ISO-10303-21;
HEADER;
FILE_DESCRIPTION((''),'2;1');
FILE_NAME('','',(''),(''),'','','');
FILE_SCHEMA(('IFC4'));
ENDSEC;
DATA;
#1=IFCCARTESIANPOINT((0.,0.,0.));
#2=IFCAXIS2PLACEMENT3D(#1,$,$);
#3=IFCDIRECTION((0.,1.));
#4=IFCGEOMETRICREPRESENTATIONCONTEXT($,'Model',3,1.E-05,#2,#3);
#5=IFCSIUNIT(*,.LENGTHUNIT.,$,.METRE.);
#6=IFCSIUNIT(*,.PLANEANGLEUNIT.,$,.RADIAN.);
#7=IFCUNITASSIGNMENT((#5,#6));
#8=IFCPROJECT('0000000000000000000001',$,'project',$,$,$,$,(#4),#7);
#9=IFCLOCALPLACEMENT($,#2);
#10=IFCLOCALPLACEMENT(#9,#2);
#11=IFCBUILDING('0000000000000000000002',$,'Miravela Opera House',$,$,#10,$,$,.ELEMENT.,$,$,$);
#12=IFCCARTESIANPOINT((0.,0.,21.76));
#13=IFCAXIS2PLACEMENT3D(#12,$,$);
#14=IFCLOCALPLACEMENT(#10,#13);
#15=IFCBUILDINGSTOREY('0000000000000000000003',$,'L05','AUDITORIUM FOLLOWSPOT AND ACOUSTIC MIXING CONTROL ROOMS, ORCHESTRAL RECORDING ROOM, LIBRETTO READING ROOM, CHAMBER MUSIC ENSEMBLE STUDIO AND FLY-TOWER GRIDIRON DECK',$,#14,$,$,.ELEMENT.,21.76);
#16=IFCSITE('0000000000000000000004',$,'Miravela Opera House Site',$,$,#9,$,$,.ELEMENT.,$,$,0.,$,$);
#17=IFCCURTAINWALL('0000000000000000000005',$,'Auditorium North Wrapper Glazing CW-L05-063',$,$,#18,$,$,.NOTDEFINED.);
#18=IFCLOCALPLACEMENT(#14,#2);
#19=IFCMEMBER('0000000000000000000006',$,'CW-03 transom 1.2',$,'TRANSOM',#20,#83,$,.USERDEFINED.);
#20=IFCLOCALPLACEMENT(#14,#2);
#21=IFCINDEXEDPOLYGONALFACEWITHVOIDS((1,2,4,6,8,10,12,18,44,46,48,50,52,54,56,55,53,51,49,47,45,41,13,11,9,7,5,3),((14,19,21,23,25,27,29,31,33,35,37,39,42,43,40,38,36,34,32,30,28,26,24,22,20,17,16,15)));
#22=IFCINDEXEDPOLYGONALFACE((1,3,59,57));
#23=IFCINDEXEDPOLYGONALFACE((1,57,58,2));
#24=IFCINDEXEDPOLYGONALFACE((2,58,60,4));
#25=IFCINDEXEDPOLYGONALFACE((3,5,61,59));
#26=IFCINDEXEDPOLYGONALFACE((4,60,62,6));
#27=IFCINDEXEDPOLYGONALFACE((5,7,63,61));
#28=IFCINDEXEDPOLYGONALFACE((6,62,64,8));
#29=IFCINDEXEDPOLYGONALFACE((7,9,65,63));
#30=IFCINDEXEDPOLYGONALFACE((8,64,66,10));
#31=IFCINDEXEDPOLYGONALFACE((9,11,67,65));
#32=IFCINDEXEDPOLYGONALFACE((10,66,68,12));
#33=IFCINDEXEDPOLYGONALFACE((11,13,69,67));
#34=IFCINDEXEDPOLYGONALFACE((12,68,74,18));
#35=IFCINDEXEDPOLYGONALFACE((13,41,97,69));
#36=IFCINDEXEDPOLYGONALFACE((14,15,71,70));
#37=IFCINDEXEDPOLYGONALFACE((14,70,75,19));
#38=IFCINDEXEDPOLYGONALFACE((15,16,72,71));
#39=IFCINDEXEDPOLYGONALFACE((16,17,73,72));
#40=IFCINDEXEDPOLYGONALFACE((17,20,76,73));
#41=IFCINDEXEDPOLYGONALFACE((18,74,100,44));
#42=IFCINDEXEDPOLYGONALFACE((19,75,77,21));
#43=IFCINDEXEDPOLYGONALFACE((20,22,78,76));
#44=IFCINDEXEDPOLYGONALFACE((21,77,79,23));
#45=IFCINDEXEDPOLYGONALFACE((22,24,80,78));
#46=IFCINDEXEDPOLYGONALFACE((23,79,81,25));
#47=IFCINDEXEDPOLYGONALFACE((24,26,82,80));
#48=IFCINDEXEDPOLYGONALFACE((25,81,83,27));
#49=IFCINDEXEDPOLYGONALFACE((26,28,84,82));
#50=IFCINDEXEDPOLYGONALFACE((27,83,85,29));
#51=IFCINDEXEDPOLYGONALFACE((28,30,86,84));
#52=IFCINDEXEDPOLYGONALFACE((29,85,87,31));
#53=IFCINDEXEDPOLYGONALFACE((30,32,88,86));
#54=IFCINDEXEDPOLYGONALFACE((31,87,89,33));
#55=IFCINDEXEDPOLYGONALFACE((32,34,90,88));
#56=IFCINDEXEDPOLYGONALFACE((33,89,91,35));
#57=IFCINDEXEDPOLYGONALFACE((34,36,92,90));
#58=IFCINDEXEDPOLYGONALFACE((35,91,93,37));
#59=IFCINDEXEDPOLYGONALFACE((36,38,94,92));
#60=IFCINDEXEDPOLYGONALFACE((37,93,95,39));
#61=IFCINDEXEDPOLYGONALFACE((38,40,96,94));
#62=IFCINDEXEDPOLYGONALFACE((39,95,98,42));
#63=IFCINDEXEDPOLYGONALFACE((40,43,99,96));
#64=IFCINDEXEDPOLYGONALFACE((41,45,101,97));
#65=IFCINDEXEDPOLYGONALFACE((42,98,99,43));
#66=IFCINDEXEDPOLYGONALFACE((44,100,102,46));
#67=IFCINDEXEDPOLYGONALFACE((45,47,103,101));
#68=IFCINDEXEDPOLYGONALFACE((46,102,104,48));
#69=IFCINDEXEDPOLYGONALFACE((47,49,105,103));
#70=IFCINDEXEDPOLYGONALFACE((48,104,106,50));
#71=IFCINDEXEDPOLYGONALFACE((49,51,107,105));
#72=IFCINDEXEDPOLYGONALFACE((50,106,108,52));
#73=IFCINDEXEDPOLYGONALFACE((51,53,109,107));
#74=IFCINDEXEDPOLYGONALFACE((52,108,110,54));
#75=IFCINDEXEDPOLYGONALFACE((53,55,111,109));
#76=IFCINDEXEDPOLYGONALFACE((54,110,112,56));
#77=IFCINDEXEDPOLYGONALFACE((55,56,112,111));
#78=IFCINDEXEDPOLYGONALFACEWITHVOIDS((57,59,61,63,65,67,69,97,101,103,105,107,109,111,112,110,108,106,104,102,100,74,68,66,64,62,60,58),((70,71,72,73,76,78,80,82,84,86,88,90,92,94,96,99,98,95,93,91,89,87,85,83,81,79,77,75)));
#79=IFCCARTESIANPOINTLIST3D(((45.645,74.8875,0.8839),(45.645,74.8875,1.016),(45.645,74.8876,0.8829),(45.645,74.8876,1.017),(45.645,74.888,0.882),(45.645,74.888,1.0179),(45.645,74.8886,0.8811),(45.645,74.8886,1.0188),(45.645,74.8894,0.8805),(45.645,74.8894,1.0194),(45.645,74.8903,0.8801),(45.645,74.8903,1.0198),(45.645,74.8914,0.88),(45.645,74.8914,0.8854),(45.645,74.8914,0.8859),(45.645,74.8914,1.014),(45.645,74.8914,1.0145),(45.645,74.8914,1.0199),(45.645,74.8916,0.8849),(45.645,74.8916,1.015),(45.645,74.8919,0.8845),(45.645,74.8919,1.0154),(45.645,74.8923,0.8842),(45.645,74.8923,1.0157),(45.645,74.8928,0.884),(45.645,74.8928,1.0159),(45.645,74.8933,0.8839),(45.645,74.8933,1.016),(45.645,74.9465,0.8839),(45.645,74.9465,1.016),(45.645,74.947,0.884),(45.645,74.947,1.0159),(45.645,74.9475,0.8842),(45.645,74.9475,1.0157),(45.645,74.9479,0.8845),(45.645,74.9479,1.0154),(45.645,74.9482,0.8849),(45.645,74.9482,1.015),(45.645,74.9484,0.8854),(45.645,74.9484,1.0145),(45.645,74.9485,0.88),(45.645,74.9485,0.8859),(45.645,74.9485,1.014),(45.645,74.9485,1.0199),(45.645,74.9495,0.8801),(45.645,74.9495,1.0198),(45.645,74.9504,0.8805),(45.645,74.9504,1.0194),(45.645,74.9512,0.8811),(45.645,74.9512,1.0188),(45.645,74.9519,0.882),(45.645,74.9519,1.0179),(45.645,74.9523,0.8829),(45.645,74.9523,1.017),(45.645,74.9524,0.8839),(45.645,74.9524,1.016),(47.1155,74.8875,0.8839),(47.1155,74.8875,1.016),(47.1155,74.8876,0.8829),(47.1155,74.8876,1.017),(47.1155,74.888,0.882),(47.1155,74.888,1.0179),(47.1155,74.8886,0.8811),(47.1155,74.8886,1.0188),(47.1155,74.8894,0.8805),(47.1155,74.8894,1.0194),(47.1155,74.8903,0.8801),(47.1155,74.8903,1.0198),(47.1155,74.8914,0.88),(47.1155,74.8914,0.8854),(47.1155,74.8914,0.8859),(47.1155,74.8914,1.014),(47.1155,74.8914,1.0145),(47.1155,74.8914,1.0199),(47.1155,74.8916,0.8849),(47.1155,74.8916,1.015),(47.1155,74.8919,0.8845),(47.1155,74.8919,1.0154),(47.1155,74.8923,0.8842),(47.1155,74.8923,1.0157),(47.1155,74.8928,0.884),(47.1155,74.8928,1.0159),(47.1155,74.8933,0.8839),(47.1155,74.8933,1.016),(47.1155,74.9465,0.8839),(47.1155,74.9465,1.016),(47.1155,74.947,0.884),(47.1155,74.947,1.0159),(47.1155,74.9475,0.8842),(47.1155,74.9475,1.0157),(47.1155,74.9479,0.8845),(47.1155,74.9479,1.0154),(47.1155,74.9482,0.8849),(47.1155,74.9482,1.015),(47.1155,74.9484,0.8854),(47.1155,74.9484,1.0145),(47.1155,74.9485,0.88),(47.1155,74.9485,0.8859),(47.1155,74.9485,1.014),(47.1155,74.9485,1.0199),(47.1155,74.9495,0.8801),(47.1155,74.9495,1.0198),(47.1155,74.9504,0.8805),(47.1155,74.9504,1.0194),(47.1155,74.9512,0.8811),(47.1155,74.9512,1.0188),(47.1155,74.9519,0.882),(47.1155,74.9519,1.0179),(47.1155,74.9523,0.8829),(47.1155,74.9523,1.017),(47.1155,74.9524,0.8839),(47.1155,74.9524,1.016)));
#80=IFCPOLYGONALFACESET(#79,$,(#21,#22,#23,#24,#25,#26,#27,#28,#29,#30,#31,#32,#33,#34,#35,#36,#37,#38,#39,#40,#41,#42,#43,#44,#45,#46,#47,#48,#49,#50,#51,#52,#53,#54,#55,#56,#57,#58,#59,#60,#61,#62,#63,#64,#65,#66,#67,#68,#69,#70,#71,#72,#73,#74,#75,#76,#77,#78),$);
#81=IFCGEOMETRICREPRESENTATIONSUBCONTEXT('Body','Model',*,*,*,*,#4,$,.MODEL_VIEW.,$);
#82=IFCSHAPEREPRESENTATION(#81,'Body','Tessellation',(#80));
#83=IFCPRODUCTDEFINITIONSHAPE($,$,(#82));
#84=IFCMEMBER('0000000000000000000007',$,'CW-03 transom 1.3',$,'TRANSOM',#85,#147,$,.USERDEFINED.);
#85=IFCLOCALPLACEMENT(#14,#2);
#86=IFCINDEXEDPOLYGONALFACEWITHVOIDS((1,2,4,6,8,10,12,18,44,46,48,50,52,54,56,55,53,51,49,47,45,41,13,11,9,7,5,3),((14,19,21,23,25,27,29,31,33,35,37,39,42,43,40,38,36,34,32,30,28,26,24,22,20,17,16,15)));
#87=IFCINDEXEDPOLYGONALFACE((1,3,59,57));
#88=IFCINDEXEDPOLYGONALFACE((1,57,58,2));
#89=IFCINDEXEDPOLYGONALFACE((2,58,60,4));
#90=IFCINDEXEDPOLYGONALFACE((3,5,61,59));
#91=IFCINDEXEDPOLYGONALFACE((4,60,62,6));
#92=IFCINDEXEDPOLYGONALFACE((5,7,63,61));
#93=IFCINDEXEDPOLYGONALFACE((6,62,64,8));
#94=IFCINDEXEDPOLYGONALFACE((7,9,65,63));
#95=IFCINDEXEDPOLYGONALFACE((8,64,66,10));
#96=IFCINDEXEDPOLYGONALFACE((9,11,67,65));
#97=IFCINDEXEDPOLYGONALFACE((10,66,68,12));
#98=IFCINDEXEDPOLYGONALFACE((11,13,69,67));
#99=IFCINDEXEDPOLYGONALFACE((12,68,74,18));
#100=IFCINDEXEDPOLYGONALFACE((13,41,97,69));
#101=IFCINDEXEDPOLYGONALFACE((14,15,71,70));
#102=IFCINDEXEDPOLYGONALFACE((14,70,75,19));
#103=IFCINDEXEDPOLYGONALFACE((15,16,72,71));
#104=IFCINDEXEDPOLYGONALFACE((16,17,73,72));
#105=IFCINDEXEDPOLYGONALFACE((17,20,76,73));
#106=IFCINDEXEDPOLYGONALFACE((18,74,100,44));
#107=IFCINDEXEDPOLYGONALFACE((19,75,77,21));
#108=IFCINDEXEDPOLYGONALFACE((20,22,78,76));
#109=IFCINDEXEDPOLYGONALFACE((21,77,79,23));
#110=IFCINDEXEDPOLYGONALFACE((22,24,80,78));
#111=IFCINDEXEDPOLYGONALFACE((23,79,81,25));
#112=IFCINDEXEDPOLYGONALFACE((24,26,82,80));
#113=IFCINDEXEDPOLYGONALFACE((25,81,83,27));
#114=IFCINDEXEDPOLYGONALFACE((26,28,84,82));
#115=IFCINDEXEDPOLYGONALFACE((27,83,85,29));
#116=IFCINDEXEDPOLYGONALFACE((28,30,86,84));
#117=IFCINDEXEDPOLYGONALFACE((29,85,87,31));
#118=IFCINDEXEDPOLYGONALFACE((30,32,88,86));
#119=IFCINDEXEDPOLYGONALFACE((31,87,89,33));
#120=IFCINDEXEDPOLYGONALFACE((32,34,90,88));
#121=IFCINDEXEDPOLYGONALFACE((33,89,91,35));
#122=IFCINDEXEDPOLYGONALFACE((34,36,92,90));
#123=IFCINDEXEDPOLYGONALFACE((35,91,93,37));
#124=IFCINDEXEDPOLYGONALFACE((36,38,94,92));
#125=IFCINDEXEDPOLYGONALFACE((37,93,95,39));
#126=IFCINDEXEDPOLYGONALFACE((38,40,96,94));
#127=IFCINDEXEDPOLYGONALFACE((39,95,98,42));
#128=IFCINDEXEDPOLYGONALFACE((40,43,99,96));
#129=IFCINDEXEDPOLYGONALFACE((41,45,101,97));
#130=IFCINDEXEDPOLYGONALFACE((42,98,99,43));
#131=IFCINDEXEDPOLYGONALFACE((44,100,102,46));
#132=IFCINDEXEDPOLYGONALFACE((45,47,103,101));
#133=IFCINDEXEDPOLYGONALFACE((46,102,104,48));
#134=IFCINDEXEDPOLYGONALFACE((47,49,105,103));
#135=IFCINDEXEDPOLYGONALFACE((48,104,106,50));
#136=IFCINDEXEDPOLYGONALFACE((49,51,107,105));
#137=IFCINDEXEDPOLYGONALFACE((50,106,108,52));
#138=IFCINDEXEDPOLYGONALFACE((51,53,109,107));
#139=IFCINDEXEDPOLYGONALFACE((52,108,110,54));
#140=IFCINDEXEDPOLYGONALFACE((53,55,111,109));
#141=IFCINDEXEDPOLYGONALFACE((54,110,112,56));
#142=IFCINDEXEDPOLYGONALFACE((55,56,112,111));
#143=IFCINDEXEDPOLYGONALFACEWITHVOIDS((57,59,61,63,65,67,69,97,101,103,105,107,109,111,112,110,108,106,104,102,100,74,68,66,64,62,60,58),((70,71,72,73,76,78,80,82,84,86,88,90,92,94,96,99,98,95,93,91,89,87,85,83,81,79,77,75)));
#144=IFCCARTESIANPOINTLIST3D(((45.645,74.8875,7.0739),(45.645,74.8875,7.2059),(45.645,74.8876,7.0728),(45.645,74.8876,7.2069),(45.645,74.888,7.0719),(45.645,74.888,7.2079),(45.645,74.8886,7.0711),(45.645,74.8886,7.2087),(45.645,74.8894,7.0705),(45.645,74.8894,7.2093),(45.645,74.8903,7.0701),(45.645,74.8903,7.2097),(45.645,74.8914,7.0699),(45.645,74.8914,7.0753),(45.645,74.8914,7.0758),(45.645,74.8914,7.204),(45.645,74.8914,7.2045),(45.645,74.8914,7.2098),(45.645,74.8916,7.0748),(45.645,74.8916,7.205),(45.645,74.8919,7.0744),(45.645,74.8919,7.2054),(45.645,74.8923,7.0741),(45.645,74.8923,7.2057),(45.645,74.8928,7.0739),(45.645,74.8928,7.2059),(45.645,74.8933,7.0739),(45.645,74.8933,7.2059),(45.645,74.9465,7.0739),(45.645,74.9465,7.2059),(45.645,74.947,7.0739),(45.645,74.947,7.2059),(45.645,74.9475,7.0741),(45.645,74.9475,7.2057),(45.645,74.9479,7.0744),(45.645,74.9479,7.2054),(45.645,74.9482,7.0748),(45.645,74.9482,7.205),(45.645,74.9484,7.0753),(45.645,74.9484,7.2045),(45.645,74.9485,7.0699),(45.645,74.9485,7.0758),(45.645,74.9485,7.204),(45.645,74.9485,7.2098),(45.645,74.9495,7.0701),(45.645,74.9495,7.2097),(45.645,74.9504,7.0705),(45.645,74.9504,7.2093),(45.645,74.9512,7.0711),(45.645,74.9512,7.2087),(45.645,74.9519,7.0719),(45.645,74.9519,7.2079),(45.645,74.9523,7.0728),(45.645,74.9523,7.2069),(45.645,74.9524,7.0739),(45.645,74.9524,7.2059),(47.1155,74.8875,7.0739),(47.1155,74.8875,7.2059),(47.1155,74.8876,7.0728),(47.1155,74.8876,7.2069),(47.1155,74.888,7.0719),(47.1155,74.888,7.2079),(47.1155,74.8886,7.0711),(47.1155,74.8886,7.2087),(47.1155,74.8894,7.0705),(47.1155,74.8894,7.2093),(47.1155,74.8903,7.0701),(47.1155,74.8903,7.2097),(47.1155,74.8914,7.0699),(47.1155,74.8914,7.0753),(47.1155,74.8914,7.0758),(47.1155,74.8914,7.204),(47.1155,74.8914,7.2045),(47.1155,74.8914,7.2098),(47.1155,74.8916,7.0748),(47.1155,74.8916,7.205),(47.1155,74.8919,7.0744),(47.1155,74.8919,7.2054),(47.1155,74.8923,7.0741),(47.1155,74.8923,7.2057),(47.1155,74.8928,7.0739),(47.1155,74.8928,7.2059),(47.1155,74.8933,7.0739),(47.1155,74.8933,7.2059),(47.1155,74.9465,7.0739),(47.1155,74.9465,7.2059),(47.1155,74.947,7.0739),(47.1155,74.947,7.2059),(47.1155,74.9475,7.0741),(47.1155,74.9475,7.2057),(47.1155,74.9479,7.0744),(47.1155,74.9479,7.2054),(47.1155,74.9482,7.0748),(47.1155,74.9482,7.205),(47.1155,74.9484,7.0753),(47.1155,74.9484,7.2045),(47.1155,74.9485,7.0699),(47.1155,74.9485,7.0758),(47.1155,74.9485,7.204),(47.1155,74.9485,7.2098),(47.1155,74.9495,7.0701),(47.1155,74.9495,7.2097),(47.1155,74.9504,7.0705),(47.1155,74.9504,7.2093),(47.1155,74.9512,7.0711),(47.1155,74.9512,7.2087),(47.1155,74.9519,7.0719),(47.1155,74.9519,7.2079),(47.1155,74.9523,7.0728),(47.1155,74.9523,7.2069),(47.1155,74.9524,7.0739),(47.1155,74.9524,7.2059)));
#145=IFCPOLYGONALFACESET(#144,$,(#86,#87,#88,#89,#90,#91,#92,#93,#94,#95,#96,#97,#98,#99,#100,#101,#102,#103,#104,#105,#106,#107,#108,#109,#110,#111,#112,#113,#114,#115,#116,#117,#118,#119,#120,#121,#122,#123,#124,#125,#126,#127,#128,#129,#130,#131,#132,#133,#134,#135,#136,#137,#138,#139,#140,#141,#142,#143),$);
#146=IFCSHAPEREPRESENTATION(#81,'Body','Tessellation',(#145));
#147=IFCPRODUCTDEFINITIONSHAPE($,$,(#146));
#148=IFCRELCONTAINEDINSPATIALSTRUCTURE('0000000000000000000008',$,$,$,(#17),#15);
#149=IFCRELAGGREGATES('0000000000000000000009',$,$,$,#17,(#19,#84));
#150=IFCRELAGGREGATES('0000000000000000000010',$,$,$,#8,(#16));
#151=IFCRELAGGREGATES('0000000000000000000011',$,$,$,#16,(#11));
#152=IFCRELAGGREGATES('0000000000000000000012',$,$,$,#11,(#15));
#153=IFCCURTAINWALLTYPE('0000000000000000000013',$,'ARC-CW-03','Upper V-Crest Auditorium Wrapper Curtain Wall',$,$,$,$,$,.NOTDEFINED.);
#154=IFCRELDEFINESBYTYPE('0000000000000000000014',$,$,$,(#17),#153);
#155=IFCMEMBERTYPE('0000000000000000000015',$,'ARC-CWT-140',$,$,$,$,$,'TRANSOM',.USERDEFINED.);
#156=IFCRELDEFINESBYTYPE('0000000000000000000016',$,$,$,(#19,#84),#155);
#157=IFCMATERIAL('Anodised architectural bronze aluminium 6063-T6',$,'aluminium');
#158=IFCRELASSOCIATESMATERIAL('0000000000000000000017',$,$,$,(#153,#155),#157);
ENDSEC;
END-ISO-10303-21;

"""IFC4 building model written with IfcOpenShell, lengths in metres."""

from ifc_helpers import new_model, si_unit, direction, frame, origin, origin_2d, place, context, subcontext, project, spatial, hollow_rectangle, extrude, material, material_profile, profile_set, type_object, element, aggregate, save


model = new_model("IFC4")

# Units and contexts
model_context = context("Model", 3, precision=1e-05, world=origin(), true_north=direction((0.0, 1.0)))
body_context = subcontext(model_context, "Body", "Model", "MODEL_VIEW")
ifc_project = project(units=[si_unit("LENGTHUNIT", "METRE"), si_unit("PLANEANGLEUNIT", "RADIAN")], contexts=[model_context])

# Site, building, storey
site_placement = place(None, origin())
site = spatial("IfcSite", under=ifc_project, at=site_placement, Name="Miravela Opera House Site", CompositionType="ELEMENT", RefElevation=0.0)
building_placement = place(site_placement, origin())
building = spatial("IfcBuilding", under=site, at=building_placement, Name="Miravela Opera House", CompositionType="ELEMENT")
storey_placement = place(building_placement, frame((0.0, 0.0, 21.76)))
storey = spatial("IfcBuildingStorey", under=building, at=storey_placement, Name="L05", Description="AUDITORIUM FOLLOWSPOT AND ACOUSTIC MIXING CONTROL ROOMS, ORCHESTRAL RECORDING ROOM, LIBRETTO READING ROOM, CHAMBER MUSIC ENSEMBLE STUDIO AND FLY-TOWER GRIDIRON DECK", CompositionType="ELEMENT", Elevation=21.76)

# Curtain wall, members
ifc_material_1 = material(Name="Anodised architectural bronze aluminium 6063-T6", Category="aluminium")
curtain_wall_type = type_object("IfcCurtainWallType", Name="ARC-CW-03", Description="Upper V-Crest Auditorium Wrapper Curtain Wall", PredefinedType="NOTDEFINED", material=ifc_material_1)
curtain_wall_placement = place(storey_placement, origin())
curtain_wall = element("IfcCurtainWall", 1, at=curtain_wall_placement, inside=storey, type_object=curtain_wall_type, Name="Auditorium North Wrapper Glazing CW-L05-063", PredefinedType="NOTDEFINED")
ifc_material_profile_1 = material_profile(ifc_material_1, hollow_rectangle(XDim=0.0649, YDim=0.1399, WallThickness=0.0039, InnerFilletRadius=0.002, OuterFilletRadius=0.0039, at=origin_2d()), Name="CWT-65X140")
ifc_profile_set_1 = profile_set([ifc_material_profile_1])
member_type_1 = type_object("IfcMemberType", Name="ARC-CWT-140", ElementType="TRANSOM", PredefinedType="USERDEFINED", material=ifc_profile_set_1)
member_1_placement = place(storey_placement, frame((45.645, 74.9199, 0.95), z_axis=(1.0, 0.0, 0.0), x_axis=(0.0, 1.0, 0.0)))
member_1 = element("IfcMember", 2, at=member_1_placement, type_object=member_type_1, Name="CW-03 transom 1.2", ObjectType="TRANSOM", PredefinedType="USERDEFINED", context=body_context, shape_type="SweptSolid", body=[
    extrude(hollow_rectangle(XDim=0.0649, YDim=0.1399, WallThickness=0.0039, InnerFilletRadius=0.002, OuterFilletRadius=0.0039, at=origin_2d()), origin(), (0.0, 0.0, 1.0), 1.4705),
])
member_2_placement = place(storey_placement, frame((45.645, 74.9199, 7.1399), z_axis=(1.0, 0.0, 0.0), x_axis=(0.0, 1.0, 0.0)))
member_2 = element("IfcMember", 3, at=member_2_placement, type_object=member_type_1, Name="CW-03 transom 1.3", ObjectType="TRANSOM", PredefinedType="USERDEFINED", context=body_context, shape_type="SweptSolid", body=[
    extrude(hollow_rectangle(XDim=0.0649, YDim=0.1399, WallThickness=0.0039, InnerFilletRadius=0.002, OuterFilletRadius=0.0039, at=origin_2d()), origin(), (0.0, 0.0, 1.0), 1.4705),
])

aggregate(curtain_wall, [member_1, member_2])

save(model, "model.ifc")
